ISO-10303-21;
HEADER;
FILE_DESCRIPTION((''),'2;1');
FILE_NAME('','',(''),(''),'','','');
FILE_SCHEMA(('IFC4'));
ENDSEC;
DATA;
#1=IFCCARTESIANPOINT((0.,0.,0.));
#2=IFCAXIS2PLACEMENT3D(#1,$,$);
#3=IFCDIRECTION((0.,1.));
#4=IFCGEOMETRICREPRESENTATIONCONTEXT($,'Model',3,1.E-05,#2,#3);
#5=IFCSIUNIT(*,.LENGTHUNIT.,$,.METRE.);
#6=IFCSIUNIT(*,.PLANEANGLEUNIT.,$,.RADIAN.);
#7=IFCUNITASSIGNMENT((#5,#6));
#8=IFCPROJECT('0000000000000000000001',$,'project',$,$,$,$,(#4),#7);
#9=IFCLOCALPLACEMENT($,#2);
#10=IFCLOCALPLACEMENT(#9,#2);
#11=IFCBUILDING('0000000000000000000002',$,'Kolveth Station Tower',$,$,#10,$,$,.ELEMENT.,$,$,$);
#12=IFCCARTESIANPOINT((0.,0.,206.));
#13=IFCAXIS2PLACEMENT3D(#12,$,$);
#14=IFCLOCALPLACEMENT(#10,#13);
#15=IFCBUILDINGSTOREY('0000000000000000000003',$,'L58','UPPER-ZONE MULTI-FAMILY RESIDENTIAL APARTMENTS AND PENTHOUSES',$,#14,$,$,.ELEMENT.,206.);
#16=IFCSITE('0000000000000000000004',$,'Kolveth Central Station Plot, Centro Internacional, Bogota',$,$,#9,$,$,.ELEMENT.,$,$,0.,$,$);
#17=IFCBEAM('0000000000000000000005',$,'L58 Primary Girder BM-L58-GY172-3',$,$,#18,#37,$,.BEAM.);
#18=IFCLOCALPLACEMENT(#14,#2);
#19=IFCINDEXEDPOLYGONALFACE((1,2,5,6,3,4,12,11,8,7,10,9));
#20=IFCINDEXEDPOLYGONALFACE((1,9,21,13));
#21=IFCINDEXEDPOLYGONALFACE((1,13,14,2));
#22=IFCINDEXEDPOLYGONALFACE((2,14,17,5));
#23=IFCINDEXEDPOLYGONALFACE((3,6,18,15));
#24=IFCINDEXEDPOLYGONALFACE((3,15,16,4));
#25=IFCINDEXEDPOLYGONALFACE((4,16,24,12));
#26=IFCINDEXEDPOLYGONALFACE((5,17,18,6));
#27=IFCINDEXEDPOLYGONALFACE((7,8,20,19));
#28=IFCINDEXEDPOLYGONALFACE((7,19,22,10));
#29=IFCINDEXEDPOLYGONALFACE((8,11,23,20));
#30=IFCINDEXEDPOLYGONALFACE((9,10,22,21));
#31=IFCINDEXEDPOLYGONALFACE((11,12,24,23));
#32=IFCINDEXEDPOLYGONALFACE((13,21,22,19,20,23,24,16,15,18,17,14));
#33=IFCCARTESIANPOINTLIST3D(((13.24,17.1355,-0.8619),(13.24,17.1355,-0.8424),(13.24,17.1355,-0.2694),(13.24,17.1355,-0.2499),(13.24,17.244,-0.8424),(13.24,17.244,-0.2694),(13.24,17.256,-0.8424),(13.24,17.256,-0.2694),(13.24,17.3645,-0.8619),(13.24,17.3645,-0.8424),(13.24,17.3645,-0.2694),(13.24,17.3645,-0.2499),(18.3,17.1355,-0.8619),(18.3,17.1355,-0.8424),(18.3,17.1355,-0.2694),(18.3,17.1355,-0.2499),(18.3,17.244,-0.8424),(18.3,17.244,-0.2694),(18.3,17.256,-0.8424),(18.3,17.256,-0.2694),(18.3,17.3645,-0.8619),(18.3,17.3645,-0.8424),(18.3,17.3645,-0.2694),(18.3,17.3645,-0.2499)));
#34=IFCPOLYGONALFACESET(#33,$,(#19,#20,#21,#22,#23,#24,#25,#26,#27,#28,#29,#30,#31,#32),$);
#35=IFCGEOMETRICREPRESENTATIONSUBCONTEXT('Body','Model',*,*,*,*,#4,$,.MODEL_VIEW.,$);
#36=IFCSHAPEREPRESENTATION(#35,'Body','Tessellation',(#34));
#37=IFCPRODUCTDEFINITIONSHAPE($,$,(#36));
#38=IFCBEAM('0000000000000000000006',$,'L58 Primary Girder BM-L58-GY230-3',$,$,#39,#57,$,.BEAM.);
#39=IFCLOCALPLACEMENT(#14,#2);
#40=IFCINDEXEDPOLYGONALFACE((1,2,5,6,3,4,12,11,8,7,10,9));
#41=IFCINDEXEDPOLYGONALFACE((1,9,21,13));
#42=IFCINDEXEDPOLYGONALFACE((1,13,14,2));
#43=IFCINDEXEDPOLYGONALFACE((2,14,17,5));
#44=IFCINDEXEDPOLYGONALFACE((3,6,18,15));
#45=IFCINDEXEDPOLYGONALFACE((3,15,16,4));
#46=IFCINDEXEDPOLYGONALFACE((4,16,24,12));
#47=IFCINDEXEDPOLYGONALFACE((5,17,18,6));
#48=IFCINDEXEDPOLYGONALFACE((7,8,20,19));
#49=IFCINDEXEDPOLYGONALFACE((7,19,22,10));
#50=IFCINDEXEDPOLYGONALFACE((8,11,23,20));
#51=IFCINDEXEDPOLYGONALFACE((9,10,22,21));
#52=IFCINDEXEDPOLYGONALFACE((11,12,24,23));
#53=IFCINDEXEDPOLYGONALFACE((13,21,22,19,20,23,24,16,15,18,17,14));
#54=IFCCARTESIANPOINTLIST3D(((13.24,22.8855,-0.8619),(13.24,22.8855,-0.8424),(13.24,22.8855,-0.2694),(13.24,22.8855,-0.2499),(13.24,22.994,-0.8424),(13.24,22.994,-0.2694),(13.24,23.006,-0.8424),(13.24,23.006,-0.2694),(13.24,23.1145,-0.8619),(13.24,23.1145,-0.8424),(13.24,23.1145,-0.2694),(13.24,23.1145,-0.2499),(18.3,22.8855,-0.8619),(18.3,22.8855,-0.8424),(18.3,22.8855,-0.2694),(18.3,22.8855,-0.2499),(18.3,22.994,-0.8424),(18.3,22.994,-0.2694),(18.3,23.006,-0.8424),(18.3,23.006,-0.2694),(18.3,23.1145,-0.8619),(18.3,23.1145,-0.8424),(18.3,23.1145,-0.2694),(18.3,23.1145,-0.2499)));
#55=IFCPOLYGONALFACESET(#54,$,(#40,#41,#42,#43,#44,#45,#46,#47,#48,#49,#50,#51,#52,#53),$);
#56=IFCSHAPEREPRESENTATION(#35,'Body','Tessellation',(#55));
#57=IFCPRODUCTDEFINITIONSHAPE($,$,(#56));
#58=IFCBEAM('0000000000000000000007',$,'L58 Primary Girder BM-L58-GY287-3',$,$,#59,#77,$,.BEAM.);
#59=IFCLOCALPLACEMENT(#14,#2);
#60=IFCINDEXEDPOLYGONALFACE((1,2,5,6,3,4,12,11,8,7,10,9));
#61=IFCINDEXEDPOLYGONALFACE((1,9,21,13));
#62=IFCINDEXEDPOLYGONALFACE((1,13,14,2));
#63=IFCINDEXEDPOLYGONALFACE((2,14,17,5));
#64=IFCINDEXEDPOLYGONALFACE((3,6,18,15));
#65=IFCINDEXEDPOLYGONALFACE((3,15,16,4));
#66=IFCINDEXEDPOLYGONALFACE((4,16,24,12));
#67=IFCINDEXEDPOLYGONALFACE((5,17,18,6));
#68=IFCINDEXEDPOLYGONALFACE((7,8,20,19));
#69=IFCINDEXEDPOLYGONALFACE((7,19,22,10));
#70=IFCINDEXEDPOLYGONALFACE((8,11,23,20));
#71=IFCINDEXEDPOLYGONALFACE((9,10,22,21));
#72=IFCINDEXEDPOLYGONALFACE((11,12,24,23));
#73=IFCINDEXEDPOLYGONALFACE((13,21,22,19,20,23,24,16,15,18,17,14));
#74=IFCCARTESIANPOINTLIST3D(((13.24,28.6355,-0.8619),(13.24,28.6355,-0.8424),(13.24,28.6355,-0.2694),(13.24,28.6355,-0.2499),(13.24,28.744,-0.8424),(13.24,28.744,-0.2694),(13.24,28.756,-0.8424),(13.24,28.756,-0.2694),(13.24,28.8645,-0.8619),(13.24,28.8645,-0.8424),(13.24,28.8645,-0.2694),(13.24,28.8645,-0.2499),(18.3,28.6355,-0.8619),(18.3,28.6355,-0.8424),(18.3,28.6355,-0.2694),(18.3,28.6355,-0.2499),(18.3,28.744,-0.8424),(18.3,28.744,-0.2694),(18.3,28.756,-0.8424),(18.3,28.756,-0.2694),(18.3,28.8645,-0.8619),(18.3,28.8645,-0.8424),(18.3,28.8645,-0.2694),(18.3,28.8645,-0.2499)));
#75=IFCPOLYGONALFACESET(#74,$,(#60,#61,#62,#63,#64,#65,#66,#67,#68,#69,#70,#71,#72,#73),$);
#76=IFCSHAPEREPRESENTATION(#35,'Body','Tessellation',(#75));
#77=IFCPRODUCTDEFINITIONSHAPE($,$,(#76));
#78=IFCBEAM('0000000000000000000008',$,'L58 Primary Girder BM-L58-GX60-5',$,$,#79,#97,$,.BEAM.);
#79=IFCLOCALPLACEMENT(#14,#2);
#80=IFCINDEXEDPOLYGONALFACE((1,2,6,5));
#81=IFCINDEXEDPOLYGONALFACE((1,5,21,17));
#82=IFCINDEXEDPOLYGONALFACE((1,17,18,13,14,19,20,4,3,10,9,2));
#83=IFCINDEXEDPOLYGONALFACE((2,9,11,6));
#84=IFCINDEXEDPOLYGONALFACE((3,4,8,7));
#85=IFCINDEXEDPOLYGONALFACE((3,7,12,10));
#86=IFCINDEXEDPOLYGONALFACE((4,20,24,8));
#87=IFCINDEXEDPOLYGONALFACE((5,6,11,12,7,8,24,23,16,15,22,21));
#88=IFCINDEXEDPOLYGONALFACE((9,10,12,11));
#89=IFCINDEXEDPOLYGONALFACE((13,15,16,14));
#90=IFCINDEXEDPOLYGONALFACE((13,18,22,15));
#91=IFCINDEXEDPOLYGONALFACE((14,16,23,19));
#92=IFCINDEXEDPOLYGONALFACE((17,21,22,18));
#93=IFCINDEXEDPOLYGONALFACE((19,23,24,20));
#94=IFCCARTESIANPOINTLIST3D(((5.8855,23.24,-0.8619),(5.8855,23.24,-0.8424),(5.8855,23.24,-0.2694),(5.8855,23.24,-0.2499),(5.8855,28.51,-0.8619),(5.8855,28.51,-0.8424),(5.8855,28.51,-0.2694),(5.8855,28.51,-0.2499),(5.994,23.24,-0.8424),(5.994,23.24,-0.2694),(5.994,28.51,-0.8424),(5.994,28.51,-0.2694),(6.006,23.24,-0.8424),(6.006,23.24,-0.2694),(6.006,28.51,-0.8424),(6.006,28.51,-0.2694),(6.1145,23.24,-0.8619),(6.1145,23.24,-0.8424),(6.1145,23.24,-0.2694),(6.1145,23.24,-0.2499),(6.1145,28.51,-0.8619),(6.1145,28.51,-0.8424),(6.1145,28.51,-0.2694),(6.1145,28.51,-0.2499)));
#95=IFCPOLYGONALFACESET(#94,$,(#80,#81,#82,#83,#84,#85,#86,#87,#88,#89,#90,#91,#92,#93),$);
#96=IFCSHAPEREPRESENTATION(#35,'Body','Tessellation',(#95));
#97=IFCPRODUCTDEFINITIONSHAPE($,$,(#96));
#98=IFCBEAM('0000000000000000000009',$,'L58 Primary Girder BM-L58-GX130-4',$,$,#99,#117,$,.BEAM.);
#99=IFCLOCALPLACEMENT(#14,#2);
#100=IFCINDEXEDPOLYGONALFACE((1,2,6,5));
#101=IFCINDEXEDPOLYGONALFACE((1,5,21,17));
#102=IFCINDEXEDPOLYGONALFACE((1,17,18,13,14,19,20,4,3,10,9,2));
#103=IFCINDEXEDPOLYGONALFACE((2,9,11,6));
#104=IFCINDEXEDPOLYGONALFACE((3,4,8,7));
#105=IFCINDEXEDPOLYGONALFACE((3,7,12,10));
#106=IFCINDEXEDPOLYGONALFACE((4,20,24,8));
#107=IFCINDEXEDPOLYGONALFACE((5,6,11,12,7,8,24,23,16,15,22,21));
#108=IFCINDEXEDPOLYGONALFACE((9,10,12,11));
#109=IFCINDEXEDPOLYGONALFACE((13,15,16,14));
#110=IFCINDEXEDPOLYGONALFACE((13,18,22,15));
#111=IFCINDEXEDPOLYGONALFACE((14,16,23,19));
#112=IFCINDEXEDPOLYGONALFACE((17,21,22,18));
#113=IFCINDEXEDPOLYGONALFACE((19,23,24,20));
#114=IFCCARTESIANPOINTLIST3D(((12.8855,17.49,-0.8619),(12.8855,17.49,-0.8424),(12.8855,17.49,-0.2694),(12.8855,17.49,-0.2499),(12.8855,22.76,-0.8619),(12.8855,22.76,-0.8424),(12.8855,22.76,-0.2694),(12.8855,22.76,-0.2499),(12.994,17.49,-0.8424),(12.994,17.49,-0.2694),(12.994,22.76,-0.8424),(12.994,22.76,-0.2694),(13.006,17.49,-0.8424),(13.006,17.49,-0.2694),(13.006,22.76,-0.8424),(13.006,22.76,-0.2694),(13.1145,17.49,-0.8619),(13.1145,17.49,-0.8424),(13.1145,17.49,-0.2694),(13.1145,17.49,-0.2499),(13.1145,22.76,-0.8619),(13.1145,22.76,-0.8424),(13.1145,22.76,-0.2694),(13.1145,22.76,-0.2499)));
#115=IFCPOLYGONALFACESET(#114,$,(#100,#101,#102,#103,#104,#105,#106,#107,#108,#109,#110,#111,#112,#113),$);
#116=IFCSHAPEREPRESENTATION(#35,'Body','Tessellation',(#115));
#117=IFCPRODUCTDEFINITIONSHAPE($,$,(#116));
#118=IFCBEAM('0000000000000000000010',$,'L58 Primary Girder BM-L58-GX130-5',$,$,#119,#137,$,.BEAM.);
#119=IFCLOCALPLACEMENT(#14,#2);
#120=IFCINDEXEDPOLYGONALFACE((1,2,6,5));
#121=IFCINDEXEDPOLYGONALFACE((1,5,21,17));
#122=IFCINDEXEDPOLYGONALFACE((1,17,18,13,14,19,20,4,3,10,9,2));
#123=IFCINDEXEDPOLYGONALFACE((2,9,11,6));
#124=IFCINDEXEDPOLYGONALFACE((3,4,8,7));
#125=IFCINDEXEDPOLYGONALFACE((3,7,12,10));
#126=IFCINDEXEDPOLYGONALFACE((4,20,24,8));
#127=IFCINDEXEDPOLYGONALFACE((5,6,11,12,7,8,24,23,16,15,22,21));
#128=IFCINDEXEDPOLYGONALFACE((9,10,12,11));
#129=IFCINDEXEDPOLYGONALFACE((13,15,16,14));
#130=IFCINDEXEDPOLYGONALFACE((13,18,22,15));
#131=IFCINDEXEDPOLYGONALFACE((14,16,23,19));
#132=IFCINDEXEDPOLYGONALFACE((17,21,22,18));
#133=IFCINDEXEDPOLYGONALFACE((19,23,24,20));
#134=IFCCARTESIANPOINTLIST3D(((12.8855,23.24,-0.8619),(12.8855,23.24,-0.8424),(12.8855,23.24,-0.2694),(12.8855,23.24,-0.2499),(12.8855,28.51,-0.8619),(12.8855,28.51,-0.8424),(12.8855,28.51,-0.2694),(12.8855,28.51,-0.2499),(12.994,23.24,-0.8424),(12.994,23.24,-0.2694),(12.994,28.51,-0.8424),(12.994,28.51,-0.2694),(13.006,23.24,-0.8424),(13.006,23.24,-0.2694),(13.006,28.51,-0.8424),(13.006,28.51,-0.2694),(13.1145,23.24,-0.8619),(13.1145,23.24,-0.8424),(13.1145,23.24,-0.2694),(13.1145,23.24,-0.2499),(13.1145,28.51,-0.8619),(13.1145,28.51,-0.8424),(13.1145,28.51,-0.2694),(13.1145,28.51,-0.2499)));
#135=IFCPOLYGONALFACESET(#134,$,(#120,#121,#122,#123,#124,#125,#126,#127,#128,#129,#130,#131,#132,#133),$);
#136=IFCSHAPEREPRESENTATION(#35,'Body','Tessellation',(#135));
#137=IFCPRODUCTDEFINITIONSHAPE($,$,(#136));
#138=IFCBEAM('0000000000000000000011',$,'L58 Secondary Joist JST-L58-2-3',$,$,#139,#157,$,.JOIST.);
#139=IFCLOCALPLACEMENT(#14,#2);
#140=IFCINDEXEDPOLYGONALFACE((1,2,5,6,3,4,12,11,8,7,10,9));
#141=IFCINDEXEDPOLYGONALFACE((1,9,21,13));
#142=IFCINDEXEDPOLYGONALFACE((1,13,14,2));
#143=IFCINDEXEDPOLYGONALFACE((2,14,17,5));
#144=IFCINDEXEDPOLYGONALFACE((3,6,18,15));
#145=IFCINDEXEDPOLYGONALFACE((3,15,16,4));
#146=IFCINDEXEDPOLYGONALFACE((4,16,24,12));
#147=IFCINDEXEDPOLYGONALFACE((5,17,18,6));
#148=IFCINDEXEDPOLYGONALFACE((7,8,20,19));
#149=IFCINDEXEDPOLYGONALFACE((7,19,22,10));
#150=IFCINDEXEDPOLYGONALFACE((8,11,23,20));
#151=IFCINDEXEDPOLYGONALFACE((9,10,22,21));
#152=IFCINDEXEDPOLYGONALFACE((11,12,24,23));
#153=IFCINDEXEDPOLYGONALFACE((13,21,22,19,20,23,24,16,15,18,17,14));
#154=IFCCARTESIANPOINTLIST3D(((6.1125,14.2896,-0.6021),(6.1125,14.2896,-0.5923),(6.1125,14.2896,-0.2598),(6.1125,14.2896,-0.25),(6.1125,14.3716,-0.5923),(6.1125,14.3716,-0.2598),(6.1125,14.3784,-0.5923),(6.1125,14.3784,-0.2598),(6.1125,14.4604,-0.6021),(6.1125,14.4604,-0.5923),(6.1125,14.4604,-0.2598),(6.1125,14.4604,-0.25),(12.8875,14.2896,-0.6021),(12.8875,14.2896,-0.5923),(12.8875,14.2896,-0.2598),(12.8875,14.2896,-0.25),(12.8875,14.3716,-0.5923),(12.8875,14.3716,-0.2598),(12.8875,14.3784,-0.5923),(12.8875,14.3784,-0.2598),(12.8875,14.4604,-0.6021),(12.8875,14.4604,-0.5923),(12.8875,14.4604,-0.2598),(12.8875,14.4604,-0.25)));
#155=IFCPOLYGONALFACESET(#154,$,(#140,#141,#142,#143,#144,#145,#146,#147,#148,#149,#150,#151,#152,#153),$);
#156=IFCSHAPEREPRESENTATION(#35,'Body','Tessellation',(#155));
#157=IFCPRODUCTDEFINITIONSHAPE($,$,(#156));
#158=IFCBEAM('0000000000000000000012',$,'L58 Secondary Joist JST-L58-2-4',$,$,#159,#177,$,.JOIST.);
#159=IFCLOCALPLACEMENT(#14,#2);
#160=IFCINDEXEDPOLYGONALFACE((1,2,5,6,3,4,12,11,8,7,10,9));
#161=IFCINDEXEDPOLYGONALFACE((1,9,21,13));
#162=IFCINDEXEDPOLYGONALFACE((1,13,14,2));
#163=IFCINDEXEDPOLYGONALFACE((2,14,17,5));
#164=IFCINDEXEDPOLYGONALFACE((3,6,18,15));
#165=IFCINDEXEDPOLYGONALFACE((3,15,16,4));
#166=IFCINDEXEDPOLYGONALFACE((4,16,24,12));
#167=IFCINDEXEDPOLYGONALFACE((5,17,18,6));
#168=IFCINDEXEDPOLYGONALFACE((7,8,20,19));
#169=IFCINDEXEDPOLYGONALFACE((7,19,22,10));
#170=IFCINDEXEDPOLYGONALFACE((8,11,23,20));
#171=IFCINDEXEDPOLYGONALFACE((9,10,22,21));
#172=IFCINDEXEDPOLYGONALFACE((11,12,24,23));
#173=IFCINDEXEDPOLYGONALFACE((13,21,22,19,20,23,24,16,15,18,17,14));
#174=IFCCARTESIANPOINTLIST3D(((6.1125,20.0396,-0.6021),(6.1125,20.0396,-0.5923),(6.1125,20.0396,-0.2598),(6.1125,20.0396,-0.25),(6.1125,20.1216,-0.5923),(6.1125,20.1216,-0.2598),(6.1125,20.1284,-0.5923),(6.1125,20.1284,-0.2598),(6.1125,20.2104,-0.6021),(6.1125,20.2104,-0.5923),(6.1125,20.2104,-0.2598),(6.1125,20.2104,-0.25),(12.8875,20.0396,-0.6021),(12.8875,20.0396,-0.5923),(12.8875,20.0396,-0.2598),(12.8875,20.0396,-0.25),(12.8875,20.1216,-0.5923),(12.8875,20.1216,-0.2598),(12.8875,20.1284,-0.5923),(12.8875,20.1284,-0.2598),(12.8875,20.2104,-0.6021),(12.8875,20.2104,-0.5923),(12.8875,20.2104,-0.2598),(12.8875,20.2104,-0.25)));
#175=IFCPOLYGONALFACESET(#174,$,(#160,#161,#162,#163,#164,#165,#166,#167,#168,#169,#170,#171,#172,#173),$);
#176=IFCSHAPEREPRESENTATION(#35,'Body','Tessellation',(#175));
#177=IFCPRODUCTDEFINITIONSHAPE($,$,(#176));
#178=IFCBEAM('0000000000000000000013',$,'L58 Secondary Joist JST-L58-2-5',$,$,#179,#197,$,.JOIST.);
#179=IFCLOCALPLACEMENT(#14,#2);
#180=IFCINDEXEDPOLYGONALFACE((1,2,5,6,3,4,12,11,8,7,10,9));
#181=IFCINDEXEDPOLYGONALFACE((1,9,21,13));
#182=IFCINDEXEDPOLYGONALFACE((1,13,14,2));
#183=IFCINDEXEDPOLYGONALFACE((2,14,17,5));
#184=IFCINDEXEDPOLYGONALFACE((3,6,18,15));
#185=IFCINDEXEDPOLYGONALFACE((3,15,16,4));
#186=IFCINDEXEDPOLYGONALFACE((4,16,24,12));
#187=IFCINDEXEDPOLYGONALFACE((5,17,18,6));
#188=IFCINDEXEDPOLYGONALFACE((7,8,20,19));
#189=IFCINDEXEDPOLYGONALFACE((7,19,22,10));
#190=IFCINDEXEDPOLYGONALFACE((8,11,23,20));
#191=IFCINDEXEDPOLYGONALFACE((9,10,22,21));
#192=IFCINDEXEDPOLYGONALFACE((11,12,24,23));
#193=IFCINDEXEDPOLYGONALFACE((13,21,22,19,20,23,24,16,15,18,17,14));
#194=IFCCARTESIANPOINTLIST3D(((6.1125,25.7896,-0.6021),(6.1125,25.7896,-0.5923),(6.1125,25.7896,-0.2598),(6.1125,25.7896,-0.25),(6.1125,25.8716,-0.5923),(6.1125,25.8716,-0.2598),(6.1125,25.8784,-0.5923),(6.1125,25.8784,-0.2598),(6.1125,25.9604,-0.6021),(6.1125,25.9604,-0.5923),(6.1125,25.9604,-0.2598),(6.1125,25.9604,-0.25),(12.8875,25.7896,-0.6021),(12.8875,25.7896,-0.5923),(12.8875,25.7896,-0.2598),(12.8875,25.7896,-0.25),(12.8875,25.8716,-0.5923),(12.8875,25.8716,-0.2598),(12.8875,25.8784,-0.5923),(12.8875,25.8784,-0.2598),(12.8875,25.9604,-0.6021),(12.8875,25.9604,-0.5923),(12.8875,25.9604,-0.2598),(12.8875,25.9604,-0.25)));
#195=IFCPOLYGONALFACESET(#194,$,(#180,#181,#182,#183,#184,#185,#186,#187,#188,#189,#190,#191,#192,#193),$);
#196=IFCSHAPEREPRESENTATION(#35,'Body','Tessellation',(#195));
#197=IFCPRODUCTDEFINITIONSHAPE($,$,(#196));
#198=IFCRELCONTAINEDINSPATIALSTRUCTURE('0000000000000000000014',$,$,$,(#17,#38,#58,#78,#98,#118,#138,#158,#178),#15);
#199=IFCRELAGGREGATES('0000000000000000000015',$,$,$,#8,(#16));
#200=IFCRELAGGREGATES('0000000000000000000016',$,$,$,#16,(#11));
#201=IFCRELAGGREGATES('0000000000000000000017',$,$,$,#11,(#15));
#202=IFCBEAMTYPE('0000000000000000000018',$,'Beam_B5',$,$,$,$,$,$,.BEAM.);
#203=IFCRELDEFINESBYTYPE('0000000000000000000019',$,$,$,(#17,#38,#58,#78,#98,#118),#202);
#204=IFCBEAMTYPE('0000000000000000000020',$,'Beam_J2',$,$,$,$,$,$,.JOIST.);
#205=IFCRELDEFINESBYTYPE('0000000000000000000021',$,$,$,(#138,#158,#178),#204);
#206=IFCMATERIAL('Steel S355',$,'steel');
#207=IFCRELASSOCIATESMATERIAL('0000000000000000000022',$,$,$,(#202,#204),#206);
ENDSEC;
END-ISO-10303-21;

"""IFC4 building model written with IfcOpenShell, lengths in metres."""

from ifc_helpers import new_model, si_unit, direction, frame, origin, origin_2d, place, context, subcontext, project, spatial, i_section, extrude, source, transform, mapped, material, material_profile, profile_set, type_object, element, save


model = new_model("IFC4")

# Units and contexts
model_context = context("Model", 3, precision=1e-05, world=origin(), true_north=direction((0.0, 1.0)))
body_context = subcontext(model_context, "Body", "Model", "MODEL_VIEW")
ifc_project = project(units=[si_unit("LENGTHUNIT", "METRE"), si_unit("PLANEANGLEUNIT", "RADIAN")], contexts=[model_context])

# Site, building, storey
site_placement = place(None, origin())
site = spatial("IfcSite", under=ifc_project, at=site_placement, Name="Kolveth Central Station Plot, Centro Internacional, Bogota", CompositionType="ELEMENT", RefElevation=0.0)
building_placement = place(site_placement, origin())
building = spatial("IfcBuilding", under=site, at=building_placement, Name="Kolveth Station Tower", CompositionType="ELEMENT")
storey_placement = place(building_placement, frame((0.0, 0.0, 206.0)))
storey = spatial("IfcBuildingStorey", under=building, at=storey_placement, Name="L58", Description="UPPER-ZONE MULTI-FAMILY RESIDENTIAL APARTMENTS AND PENTHOUSES", CompositionType="ELEMENT", Elevation=206.0)

# Shared definitions
ifc_material_1 = material(Name="Steel S355", Category="steel")

# Beams
ifc_material_profile_1 = material_profile(ifc_material_1, i_section(OverallWidth=0.229, OverallDepth=0.6121, WebThickness=0.012, FlangeThickness=0.0195, at=origin_2d()), Name="W610x125")
ifc_profile_set_1 = profile_set([ifc_material_profile_1], Name="Steel S355")
beam_type_1 = type_object("IfcBeamType", Name="Beam_B5", PredefinedType="BEAM", material=ifc_profile_set_1)
shared_shape_1 = source(origin(), body_context, "Body", "SweptSolid", [
    extrude(i_section(OverallWidth=0.229, OverallDepth=0.6121, WebThickness=0.012, FlangeThickness=0.0195, at=origin_2d()), origin(), (0.0, 0.0, 1.0), 5.0601),
])
for number, where, z_axis, x_axis, name in (
    (1, (13.24, 17.25, -0.5559), (1.0, 0.0, 0.0), (0.0, 1.0, 0.0), "L58 Primary Girder BM-L58-GY172-3"),
    (2, (13.24, 23.0, -0.5559), (1.0, 0.0, 0.0), (0.0, 1.0, 0.0), "L58 Primary Girder BM-L58-GY230-3"),
    (3, (13.24, 28.75, -0.5559), (1.0, 0.0, 0.0), (0.0, 1.0, 0.0), "L58 Primary Girder BM-L58-GY287-3"),
):
    element("IfcBeam", number, at=place(storey_placement, frame(where, z_axis=z_axis, x_axis=x_axis)), inside=storey, type_object=beam_type_1, Name=name, PredefinedType="BEAM", context=body_context, shape_type="MappedRepresentation", body=[
        mapped(shared_shape_1, transform((0.0, 0.0, 0.0), x_axis=(1.0, 0.0, 0.0), y_axis=(0.0, 1.0, 0.0), z_axis=(0.0, 0.0, 1.0), scale=1.0)),
    ])
shared_shape_2 = source(origin(), body_context, "Body", "SweptSolid", [
    extrude(i_section(OverallWidth=0.229, OverallDepth=0.6121, WebThickness=0.012, FlangeThickness=0.0195, at=origin_2d()), origin(), (0.0, 0.0, 1.0), 5.27),
])
for number, where, z_axis, x_axis, name in (
    (4, (6.0, 23.24, -0.5559), (0.0, 1.0, 0.0), (-1.0, 0.0, 0.0), "L58 Primary Girder BM-L58-GX60-5"),
    (5, (13.0, 17.49, -0.5559), (0.0, 1.0, 0.0), (-1.0, 0.0, 0.0), "L58 Primary Girder BM-L58-GX130-4"),
    (6, (13.0, 23.24, -0.5559), (0.0, 1.0, 0.0), (-1.0, 0.0, 0.0), "L58 Primary Girder BM-L58-GX130-5"),
):
    element("IfcBeam", number, at=place(storey_placement, frame(where, z_axis=z_axis, x_axis=x_axis)), inside=storey, type_object=beam_type_1, Name=name, PredefinedType="BEAM", context=body_context, shape_type="MappedRepresentation", body=[
        mapped(shared_shape_2, transform((0.0, 0.0, 0.0), x_axis=(1.0, 0.0, 0.0), y_axis=(0.0, 1.0, 0.0), z_axis=(0.0, 0.0, 1.0), scale=1.0)),
    ])
ifc_material_profile_2 = material_profile(ifc_material_1, i_section(OverallWidth=0.1709, OverallDepth=0.3521, WebThickness=0.0068, FlangeThickness=0.0098, at=origin_2d()), Name="W360x44")
ifc_profile_set_2 = profile_set([ifc_material_profile_2], Name="Steel S355")
beam_type_2 = type_object("IfcBeamType", Name="Beam_J2", PredefinedType="JOIST", material=ifc_profile_set_2)
shared_shape_3 = source(origin(), body_context, "Body", "SweptSolid", [
    extrude(i_section(OverallWidth=0.1709, OverallDepth=0.3521, WebThickness=0.0068, FlangeThickness=0.0098, at=origin_2d()), origin(), (0.0, 0.0, 1.0), 6.7749),
])
for number, where, z_axis, x_axis, name in (
    (7, (6.1125, 14.375, -0.426), (1.0, 0.0, 0.0), (0.0, 1.0, 0.0), "L58 Secondary Joist JST-L58-2-3"),
    (8, (6.1125, 20.125, -0.426), (1.0, 0.0, 0.0), (0.0, 1.0, 0.0), "L58 Secondary Joist JST-L58-2-4"),
    (9, (6.1125, 25.875, -0.426), (1.0, 0.0, 0.0), (0.0, 1.0, 0.0), "L58 Secondary Joist JST-L58-2-5"),
):
    element("IfcBeam", number, at=place(storey_placement, frame(where, z_axis=z_axis, x_axis=x_axis)), inside=storey, type_object=beam_type_2, Name=name, PredefinedType="JOIST", context=body_context, shape_type="MappedRepresentation", body=[
        mapped(shared_shape_3, transform((0.0, 0.0, 0.0), x_axis=(1.0, 0.0, 0.0), y_axis=(0.0, 1.0, 0.0), z_axis=(0.0, 0.0, 1.0), scale=1.0)),
    ])

save(model, "model.ifc")
